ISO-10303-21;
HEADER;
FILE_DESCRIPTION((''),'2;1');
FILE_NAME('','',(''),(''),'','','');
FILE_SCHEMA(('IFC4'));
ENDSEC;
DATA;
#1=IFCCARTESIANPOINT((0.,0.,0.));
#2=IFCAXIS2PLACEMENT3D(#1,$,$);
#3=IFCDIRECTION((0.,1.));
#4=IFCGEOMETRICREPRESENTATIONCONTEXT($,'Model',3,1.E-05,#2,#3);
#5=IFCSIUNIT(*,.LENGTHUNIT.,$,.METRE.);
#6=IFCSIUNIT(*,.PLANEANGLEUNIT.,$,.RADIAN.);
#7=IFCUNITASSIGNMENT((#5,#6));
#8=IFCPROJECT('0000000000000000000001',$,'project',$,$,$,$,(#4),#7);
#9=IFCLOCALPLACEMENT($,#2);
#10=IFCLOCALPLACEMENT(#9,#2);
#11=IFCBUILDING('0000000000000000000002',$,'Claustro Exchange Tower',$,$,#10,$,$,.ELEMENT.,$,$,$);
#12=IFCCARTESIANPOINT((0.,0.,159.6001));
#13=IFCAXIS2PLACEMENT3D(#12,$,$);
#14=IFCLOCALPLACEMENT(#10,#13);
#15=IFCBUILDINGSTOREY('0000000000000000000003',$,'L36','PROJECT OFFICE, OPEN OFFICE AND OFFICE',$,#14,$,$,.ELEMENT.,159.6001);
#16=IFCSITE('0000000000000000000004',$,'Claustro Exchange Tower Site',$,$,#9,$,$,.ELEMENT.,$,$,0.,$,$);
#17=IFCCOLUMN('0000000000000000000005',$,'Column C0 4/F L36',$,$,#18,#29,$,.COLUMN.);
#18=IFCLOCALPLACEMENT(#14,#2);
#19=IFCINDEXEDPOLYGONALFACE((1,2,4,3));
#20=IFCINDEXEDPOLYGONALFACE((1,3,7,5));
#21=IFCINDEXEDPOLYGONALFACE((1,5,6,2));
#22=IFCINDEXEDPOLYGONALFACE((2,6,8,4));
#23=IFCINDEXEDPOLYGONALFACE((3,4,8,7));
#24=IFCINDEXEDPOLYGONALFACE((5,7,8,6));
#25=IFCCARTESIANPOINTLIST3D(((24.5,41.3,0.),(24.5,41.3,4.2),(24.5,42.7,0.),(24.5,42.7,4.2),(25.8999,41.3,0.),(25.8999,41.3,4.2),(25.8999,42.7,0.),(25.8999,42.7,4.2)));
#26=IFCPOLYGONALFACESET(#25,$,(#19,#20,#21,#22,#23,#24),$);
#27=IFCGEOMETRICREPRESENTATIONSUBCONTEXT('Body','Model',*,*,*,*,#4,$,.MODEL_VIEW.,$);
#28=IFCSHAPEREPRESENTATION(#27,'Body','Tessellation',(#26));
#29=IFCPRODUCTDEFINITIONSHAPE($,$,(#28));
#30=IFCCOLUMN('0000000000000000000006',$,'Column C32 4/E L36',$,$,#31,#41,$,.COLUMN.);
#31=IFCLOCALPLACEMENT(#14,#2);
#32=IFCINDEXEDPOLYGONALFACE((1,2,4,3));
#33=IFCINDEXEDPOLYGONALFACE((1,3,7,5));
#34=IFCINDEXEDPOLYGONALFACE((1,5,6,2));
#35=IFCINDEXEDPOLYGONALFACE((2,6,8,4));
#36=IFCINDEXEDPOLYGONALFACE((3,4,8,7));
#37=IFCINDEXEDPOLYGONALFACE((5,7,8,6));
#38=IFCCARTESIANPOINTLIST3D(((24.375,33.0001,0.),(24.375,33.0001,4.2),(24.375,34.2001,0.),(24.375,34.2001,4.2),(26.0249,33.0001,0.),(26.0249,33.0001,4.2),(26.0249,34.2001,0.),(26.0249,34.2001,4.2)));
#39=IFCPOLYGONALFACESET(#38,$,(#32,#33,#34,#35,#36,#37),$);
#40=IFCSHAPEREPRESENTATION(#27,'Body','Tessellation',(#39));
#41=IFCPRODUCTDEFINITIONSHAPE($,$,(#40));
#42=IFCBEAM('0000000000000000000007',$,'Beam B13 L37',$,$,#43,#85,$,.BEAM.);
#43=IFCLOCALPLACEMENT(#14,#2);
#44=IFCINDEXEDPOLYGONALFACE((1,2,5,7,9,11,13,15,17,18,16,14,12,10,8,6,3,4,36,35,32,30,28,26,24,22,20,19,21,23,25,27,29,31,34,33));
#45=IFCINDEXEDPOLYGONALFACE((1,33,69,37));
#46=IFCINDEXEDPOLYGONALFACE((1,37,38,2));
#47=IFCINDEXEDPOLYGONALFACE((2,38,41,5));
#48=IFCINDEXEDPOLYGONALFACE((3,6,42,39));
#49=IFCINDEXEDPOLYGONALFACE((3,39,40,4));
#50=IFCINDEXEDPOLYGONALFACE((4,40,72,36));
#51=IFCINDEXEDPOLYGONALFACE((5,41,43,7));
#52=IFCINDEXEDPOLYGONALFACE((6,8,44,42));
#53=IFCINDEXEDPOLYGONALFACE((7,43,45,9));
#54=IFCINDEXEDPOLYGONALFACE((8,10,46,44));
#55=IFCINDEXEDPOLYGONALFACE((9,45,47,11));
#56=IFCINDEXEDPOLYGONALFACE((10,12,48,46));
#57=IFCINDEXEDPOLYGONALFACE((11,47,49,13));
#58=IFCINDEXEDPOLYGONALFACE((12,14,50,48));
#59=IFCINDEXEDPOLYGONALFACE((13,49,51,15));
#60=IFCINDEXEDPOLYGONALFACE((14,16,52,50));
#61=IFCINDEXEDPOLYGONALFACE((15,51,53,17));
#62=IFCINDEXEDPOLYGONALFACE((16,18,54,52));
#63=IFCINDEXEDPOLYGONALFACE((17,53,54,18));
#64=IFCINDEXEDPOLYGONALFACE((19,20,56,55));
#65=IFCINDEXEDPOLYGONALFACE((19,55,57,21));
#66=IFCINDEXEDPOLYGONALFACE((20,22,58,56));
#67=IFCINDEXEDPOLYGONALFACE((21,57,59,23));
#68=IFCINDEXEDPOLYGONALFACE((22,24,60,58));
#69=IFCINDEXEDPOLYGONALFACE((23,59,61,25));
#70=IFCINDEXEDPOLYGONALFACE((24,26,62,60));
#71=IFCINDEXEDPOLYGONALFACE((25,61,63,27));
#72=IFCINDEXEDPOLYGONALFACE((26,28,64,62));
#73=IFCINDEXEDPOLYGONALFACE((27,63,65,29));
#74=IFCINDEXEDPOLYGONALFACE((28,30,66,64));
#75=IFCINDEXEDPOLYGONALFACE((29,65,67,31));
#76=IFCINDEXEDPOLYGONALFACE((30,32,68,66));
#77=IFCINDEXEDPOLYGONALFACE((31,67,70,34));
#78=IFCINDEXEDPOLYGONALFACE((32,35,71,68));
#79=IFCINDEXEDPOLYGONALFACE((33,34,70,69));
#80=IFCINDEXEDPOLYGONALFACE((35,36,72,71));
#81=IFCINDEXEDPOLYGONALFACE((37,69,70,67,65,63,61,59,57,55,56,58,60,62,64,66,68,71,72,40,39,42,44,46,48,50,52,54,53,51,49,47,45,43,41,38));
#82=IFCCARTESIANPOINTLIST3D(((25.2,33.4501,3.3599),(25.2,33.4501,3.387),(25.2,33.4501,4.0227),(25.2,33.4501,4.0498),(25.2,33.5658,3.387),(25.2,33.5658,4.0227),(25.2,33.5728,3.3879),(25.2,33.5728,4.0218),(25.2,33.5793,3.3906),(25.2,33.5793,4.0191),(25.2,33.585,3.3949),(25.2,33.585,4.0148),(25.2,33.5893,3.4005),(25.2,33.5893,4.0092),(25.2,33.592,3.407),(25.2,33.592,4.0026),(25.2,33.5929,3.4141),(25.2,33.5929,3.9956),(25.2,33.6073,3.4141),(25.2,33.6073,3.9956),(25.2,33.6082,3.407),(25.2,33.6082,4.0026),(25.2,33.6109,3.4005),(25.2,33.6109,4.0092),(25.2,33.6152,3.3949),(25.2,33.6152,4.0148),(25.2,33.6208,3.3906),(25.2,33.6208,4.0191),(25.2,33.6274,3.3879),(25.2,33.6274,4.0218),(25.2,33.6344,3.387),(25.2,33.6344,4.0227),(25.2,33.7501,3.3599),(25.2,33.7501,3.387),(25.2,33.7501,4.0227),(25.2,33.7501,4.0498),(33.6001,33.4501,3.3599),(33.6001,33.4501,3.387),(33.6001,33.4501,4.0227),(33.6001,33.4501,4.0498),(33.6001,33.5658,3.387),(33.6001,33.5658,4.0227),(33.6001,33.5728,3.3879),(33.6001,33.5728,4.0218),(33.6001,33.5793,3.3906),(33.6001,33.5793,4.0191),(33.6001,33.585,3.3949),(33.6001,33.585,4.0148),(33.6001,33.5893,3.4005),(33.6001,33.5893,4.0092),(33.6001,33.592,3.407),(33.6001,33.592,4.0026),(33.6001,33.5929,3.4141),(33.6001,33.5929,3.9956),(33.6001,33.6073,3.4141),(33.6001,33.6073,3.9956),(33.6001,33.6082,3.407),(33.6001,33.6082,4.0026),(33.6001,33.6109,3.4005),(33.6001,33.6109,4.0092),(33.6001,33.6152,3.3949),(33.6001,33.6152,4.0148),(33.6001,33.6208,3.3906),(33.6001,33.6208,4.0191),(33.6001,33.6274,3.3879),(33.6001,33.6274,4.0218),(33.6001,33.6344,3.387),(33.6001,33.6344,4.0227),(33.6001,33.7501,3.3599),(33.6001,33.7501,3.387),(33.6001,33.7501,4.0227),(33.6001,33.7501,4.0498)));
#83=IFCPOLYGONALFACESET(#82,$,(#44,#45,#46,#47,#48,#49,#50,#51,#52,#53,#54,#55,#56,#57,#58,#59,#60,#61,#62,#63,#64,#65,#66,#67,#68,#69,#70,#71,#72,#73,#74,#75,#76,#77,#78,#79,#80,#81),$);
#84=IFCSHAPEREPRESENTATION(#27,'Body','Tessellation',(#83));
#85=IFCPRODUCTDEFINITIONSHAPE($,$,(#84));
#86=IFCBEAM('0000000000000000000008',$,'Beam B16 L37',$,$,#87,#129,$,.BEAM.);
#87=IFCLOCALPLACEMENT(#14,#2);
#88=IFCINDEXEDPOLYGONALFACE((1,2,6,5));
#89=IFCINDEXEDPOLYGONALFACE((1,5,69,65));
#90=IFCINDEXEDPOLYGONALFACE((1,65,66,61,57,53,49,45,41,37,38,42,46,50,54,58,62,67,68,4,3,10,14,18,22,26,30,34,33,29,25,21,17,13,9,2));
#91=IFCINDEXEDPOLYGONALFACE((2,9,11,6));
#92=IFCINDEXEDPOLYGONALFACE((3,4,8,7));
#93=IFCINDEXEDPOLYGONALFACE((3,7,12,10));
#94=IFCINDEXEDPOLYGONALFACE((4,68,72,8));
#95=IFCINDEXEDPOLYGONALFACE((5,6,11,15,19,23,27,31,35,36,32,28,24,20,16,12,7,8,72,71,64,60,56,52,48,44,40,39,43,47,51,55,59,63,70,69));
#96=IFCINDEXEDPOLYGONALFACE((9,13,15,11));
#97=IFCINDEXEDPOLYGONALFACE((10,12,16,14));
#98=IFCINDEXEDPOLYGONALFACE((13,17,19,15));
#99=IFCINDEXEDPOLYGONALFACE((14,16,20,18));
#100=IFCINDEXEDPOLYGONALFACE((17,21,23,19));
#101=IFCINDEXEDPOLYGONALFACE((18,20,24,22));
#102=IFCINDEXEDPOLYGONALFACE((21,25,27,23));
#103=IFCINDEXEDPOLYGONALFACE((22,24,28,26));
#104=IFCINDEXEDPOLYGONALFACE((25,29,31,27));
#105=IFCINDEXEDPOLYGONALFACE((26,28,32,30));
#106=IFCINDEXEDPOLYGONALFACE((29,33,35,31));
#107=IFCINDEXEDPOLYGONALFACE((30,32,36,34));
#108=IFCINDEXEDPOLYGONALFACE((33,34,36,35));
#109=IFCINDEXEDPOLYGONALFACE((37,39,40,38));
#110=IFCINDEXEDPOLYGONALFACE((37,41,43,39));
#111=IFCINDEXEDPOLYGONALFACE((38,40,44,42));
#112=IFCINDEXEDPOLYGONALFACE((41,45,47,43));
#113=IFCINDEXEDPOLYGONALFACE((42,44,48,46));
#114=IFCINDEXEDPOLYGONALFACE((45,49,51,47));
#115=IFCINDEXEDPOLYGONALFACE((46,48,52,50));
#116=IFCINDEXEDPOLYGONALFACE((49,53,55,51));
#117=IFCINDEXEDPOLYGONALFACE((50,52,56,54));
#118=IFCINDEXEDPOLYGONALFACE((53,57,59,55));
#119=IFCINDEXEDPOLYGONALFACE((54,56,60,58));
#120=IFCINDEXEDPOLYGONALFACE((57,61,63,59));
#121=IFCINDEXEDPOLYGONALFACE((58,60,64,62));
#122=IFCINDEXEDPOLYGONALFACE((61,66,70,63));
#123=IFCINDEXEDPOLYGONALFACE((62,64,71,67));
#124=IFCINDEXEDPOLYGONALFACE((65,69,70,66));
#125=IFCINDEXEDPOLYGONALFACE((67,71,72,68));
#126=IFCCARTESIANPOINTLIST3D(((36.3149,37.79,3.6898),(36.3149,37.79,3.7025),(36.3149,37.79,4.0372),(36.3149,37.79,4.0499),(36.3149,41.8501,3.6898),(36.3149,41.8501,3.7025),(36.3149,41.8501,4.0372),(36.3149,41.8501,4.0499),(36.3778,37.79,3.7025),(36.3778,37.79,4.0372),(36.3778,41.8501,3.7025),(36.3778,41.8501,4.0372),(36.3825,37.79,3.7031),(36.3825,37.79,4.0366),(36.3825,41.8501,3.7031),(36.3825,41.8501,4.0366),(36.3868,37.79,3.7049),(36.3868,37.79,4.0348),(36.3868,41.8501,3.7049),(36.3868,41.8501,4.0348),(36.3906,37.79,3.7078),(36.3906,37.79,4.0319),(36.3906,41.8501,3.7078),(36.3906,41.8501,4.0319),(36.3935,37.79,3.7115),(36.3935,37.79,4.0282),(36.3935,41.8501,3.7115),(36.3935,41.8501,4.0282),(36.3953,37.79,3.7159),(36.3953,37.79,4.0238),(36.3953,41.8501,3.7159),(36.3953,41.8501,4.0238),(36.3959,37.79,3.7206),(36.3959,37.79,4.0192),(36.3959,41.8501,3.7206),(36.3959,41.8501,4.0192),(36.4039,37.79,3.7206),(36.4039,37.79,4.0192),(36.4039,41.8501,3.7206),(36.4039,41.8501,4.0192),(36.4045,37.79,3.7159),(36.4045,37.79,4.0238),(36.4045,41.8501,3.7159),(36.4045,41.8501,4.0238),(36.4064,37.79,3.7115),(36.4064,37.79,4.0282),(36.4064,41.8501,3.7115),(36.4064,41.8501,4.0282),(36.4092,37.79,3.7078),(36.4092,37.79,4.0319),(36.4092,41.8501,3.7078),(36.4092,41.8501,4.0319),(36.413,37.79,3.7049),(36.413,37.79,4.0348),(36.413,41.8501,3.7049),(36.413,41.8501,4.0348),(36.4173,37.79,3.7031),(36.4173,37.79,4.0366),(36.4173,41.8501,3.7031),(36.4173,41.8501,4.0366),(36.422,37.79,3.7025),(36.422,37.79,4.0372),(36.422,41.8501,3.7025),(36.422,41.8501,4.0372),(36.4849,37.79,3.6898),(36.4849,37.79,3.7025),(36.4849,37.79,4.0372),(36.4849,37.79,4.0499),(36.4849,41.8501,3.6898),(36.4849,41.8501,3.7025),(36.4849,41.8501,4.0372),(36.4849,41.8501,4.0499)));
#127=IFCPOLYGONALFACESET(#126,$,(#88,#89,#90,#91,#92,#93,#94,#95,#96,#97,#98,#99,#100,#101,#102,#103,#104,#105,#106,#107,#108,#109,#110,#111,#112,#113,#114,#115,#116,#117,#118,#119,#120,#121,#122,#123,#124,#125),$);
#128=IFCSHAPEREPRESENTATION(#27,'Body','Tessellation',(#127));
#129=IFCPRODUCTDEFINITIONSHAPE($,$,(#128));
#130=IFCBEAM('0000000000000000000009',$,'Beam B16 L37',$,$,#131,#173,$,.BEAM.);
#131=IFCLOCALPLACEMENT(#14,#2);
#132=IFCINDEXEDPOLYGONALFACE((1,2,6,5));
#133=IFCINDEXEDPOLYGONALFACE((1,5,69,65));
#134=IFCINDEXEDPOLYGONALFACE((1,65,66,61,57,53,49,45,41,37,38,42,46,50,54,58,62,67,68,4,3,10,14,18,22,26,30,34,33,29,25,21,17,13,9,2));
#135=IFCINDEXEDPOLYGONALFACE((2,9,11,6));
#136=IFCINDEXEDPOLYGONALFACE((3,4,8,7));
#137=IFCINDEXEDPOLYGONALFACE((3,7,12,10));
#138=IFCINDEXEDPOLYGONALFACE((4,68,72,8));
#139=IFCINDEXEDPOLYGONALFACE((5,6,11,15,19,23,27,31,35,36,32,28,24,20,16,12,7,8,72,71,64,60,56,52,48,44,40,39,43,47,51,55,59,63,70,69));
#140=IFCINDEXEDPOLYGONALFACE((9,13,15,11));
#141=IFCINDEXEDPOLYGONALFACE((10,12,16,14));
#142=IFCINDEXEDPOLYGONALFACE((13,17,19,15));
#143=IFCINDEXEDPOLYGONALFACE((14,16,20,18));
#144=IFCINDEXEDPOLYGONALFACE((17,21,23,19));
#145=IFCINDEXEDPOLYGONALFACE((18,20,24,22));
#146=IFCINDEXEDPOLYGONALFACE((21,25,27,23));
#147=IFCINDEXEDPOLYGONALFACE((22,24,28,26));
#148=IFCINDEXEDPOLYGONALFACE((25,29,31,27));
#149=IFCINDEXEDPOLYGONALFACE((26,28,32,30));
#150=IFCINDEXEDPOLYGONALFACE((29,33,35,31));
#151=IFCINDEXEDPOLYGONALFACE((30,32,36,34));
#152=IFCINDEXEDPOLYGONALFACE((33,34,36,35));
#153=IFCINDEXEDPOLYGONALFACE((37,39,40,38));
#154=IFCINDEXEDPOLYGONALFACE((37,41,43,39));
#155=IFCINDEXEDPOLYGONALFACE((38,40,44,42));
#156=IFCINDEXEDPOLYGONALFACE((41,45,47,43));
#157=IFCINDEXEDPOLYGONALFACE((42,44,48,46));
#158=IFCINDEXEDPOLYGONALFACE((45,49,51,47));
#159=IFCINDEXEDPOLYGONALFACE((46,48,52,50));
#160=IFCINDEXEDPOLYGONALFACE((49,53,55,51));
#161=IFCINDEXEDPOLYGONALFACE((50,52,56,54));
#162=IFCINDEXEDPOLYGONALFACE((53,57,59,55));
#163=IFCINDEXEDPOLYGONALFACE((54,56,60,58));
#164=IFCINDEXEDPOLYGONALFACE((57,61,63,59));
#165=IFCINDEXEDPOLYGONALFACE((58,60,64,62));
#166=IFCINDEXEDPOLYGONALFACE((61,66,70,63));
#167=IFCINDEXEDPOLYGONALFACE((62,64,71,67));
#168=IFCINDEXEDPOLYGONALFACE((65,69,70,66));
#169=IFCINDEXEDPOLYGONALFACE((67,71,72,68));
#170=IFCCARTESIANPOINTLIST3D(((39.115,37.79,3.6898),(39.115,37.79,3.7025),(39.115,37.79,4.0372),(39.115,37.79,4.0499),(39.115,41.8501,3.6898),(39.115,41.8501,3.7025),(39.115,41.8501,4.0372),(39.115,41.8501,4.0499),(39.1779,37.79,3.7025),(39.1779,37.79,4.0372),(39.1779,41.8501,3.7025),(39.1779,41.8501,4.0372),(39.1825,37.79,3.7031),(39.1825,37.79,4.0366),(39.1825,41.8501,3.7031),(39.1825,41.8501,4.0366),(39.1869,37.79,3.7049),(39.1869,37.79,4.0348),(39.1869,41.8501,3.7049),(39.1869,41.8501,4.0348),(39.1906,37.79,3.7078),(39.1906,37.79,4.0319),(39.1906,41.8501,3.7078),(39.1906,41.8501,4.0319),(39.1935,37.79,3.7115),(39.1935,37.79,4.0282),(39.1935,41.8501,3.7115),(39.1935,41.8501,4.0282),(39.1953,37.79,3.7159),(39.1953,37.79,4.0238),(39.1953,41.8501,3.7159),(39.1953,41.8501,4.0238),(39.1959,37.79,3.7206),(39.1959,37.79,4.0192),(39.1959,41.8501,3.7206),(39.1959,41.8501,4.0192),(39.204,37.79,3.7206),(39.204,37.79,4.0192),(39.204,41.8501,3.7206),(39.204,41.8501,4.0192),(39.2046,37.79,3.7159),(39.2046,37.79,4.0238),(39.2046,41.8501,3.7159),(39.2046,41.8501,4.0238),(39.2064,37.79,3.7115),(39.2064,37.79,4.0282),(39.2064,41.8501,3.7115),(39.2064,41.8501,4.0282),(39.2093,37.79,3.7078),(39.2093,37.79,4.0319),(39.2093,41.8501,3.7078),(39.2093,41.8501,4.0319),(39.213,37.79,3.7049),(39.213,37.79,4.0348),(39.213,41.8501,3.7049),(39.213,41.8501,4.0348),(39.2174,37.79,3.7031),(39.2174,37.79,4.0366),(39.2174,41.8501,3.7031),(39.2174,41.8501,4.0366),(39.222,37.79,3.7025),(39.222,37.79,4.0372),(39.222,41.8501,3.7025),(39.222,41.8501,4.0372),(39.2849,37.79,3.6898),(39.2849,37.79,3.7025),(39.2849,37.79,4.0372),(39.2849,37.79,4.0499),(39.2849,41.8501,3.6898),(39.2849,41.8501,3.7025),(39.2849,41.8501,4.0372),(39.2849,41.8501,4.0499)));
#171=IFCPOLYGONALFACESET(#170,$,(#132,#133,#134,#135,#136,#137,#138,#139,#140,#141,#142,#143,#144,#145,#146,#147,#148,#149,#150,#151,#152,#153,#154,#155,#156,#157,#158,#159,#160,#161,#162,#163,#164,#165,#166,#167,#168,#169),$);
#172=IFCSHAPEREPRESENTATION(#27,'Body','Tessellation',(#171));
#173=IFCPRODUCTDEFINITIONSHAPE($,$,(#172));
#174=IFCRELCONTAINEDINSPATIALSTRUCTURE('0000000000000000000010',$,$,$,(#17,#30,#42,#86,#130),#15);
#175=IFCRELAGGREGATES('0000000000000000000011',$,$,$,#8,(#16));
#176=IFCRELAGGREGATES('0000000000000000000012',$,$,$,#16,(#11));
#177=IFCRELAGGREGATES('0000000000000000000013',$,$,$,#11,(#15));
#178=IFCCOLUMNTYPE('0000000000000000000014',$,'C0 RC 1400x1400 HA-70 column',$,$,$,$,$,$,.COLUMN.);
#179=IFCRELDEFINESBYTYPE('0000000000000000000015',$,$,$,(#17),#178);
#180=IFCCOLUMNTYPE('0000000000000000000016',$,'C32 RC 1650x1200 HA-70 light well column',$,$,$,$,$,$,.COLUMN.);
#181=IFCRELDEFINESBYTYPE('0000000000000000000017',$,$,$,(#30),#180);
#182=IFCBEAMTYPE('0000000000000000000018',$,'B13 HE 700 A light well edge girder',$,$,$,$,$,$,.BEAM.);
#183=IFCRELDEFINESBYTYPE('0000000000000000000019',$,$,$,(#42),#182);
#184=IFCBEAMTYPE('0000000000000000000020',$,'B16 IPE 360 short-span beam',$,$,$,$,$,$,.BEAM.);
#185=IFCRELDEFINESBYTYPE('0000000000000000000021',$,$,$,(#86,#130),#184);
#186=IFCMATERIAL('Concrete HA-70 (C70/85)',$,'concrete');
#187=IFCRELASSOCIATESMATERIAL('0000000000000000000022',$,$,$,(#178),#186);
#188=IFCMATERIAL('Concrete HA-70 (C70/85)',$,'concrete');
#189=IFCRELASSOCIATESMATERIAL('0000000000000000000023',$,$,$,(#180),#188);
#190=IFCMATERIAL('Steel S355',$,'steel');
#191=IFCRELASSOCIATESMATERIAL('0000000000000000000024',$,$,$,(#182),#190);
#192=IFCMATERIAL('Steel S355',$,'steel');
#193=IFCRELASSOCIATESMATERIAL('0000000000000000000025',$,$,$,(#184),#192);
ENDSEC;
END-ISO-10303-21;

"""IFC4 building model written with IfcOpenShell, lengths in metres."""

from ifc_helpers import new_model, si_unit, direction, frame, origin, origin_2d, place, context, subcontext, project, spatial, rectangle, i_section, extrude, material, material_profile, profile_set, type_object, element, save


model = new_model("IFC4")

# Units and contexts
model_context = context("Model", 3, precision=1e-05, world=origin(), true_north=direction((0.0, 1.0)))
body_context = subcontext(model_context, "Body", "Model", "MODEL_VIEW")
ifc_project = project(units=[si_unit("LENGTHUNIT", "METRE"), si_unit("PLANEANGLEUNIT", "RADIAN")], contexts=[model_context])

# Site, building, storey
site_placement = place(None, origin())
site = spatial("IfcSite", under=ifc_project, at=site_placement, Name="Claustro Exchange Tower Site", CompositionType="ELEMENT", RefElevation=0.0)
building_placement = place(site_placement, origin())
building = spatial("IfcBuilding", under=site, at=building_placement, Name="Claustro Exchange Tower", CompositionType="ELEMENT")
storey_placement = place(building_placement, frame((0.0, 0.0, 159.6001)))
storey = spatial("IfcBuildingStorey", under=building, at=storey_placement, Name="L36", Description="PROJECT OFFICE, OPEN OFFICE AND OFFICE", CompositionType="ELEMENT", Elevation=159.6001)

# Columns
ifc_material_1 = material(Name="Concrete HA-70 (C70/85)", Category="concrete")
ifc_material_profile_1 = material_profile(ifc_material_1, rectangle(XDim=1.3999, YDim=1.3999, at=origin_2d()), Name="RC 1400x1400")
ifc_profile_set_1 = profile_set([ifc_material_profile_1], Name="Concrete HA-70 (C70/85)")
column_type_1 = type_object("IfcColumnType", Name="C0 RC 1400x1400 HA-70 column", PredefinedType="COLUMN", material=ifc_profile_set_1)
column_1_placement = place(storey_placement, frame((25.2, 42.0, 0.0), z_axis=(0.0, 0.0, 1.0), x_axis=(1.0, 0.0, 0.0)))
element("IfcColumn", 1, at=column_1_placement, inside=storey, type_object=column_type_1, Name="Column C0 4/F L36", PredefinedType="COLUMN", context=body_context, shape_type="SweptSolid", body=[
    extrude(rectangle(XDim=1.3999, YDim=1.3999, at=origin_2d()), origin(), (0.0, 0.0, 1.0), 4.2),
])
ifc_material_2 = material(Name="Concrete HA-70 (C70/85)", Category="concrete")
ifc_material_profile_2 = material_profile(ifc_material_2, rectangle(XDim=1.6499, YDim=1.2, at=origin_2d()), Name="RC 1650x1200")
ifc_profile_set_2 = profile_set([ifc_material_profile_2], Name="Concrete HA-70 (C70/85)")
column_type_2 = type_object("IfcColumnType", Name="C32 RC 1650x1200 HA-70 light well column", PredefinedType="COLUMN", material=ifc_profile_set_2)
column_2_placement = place(storey_placement, frame((25.2, 33.6001, 0.0), z_axis=(0.0, 0.0, 1.0), x_axis=(1.0, 0.0, 0.0)))
element("IfcColumn", 2, at=column_2_placement, inside=storey, type_object=column_type_2, Name="Column C32 4/E L36", PredefinedType="COLUMN", context=body_context, shape_type="SweptSolid", body=[
    extrude(rectangle(XDim=1.6499, YDim=1.2, at=origin_2d()), origin(), (0.0, 0.0, 1.0), 4.2),
])

# Beams
ifc_material_3 = material(Name="Steel S355", Category="steel")
ifc_material_profile_3 = material_profile(ifc_material_3, i_section(OverallWidth=0.3, OverallDepth=0.6899, WebThickness=0.0144, FlangeThickness=0.0271, FilletRadius=0.0271, at=origin_2d()), Name="HE 700 A")
ifc_profile_set_3 = profile_set([ifc_material_profile_3], Name="Steel S355")
beam_type_1 = type_object("IfcBeamType", Name="B13 HE 700 A light well edge girder", PredefinedType="BEAM", material=ifc_profile_set_3)
beam_1_placement = place(storey_placement, frame((25.2, 33.6001, 3.7048), z_axis=(1.0, 0.0, 0.0), x_axis=(0.0, 1.0, 0.0)))
element("IfcBeam", 3, at=beam_1_placement, inside=storey, type_object=beam_type_1, Name="Beam B13 L37", PredefinedType="BEAM", context=body_context, shape_type="SweptSolid", body=[
    extrude(i_section(OverallWidth=0.3, OverallDepth=0.6899, WebThickness=0.0144, FlangeThickness=0.0271, FilletRadius=0.0271, at=origin_2d()), origin(), (0.0, 0.0, 1.0), 8.4001),
])
ifc_material_4 = material(Name="Steel S355", Category="steel")
ifc_material_profile_4 = material_profile(ifc_material_4, i_section(OverallWidth=0.1699, OverallDepth=0.3601, WebThickness=0.0081, FlangeThickness=0.0127, FilletRadius=0.0181, at=origin_2d()), Name="IPE 360")
ifc_profile_set_4 = profile_set([ifc_material_profile_4], Name="Steel S355")
beam_type_2 = type_object("IfcBeamType", Name="B16 IPE 360 short-span beam", PredefinedType="BEAM", material=ifc_profile_set_4)
for number, where, z_axis, x_axis, name in (
    (4, (36.3999, 37.79, 3.8699), (0.0, 1.0, 0.0), (-1.0, 0.0, 0.0), "Beam B16 L37"),
    (5, (39.2, 37.79, 3.8699), (0.0, 1.0, 0.0), (-1.0, 0.0, 0.0), "Beam B16 L37"),
):
    element("IfcBeam", number, at=place(storey_placement, frame(where, z_axis=z_axis, x_axis=x_axis)), inside=storey, type_object=beam_type_2, Name=name, PredefinedType="BEAM", context=body_context, shape_type="SweptSolid", body=[
        extrude(i_section(OverallWidth=0.1699, OverallDepth=0.3601, WebThickness=0.0081, FlangeThickness=0.0127, FilletRadius=0.0181, at=origin_2d()), origin(), (0.0, 0.0, 1.0), 4.0601),
    ])

save(model, "model.ifc")
